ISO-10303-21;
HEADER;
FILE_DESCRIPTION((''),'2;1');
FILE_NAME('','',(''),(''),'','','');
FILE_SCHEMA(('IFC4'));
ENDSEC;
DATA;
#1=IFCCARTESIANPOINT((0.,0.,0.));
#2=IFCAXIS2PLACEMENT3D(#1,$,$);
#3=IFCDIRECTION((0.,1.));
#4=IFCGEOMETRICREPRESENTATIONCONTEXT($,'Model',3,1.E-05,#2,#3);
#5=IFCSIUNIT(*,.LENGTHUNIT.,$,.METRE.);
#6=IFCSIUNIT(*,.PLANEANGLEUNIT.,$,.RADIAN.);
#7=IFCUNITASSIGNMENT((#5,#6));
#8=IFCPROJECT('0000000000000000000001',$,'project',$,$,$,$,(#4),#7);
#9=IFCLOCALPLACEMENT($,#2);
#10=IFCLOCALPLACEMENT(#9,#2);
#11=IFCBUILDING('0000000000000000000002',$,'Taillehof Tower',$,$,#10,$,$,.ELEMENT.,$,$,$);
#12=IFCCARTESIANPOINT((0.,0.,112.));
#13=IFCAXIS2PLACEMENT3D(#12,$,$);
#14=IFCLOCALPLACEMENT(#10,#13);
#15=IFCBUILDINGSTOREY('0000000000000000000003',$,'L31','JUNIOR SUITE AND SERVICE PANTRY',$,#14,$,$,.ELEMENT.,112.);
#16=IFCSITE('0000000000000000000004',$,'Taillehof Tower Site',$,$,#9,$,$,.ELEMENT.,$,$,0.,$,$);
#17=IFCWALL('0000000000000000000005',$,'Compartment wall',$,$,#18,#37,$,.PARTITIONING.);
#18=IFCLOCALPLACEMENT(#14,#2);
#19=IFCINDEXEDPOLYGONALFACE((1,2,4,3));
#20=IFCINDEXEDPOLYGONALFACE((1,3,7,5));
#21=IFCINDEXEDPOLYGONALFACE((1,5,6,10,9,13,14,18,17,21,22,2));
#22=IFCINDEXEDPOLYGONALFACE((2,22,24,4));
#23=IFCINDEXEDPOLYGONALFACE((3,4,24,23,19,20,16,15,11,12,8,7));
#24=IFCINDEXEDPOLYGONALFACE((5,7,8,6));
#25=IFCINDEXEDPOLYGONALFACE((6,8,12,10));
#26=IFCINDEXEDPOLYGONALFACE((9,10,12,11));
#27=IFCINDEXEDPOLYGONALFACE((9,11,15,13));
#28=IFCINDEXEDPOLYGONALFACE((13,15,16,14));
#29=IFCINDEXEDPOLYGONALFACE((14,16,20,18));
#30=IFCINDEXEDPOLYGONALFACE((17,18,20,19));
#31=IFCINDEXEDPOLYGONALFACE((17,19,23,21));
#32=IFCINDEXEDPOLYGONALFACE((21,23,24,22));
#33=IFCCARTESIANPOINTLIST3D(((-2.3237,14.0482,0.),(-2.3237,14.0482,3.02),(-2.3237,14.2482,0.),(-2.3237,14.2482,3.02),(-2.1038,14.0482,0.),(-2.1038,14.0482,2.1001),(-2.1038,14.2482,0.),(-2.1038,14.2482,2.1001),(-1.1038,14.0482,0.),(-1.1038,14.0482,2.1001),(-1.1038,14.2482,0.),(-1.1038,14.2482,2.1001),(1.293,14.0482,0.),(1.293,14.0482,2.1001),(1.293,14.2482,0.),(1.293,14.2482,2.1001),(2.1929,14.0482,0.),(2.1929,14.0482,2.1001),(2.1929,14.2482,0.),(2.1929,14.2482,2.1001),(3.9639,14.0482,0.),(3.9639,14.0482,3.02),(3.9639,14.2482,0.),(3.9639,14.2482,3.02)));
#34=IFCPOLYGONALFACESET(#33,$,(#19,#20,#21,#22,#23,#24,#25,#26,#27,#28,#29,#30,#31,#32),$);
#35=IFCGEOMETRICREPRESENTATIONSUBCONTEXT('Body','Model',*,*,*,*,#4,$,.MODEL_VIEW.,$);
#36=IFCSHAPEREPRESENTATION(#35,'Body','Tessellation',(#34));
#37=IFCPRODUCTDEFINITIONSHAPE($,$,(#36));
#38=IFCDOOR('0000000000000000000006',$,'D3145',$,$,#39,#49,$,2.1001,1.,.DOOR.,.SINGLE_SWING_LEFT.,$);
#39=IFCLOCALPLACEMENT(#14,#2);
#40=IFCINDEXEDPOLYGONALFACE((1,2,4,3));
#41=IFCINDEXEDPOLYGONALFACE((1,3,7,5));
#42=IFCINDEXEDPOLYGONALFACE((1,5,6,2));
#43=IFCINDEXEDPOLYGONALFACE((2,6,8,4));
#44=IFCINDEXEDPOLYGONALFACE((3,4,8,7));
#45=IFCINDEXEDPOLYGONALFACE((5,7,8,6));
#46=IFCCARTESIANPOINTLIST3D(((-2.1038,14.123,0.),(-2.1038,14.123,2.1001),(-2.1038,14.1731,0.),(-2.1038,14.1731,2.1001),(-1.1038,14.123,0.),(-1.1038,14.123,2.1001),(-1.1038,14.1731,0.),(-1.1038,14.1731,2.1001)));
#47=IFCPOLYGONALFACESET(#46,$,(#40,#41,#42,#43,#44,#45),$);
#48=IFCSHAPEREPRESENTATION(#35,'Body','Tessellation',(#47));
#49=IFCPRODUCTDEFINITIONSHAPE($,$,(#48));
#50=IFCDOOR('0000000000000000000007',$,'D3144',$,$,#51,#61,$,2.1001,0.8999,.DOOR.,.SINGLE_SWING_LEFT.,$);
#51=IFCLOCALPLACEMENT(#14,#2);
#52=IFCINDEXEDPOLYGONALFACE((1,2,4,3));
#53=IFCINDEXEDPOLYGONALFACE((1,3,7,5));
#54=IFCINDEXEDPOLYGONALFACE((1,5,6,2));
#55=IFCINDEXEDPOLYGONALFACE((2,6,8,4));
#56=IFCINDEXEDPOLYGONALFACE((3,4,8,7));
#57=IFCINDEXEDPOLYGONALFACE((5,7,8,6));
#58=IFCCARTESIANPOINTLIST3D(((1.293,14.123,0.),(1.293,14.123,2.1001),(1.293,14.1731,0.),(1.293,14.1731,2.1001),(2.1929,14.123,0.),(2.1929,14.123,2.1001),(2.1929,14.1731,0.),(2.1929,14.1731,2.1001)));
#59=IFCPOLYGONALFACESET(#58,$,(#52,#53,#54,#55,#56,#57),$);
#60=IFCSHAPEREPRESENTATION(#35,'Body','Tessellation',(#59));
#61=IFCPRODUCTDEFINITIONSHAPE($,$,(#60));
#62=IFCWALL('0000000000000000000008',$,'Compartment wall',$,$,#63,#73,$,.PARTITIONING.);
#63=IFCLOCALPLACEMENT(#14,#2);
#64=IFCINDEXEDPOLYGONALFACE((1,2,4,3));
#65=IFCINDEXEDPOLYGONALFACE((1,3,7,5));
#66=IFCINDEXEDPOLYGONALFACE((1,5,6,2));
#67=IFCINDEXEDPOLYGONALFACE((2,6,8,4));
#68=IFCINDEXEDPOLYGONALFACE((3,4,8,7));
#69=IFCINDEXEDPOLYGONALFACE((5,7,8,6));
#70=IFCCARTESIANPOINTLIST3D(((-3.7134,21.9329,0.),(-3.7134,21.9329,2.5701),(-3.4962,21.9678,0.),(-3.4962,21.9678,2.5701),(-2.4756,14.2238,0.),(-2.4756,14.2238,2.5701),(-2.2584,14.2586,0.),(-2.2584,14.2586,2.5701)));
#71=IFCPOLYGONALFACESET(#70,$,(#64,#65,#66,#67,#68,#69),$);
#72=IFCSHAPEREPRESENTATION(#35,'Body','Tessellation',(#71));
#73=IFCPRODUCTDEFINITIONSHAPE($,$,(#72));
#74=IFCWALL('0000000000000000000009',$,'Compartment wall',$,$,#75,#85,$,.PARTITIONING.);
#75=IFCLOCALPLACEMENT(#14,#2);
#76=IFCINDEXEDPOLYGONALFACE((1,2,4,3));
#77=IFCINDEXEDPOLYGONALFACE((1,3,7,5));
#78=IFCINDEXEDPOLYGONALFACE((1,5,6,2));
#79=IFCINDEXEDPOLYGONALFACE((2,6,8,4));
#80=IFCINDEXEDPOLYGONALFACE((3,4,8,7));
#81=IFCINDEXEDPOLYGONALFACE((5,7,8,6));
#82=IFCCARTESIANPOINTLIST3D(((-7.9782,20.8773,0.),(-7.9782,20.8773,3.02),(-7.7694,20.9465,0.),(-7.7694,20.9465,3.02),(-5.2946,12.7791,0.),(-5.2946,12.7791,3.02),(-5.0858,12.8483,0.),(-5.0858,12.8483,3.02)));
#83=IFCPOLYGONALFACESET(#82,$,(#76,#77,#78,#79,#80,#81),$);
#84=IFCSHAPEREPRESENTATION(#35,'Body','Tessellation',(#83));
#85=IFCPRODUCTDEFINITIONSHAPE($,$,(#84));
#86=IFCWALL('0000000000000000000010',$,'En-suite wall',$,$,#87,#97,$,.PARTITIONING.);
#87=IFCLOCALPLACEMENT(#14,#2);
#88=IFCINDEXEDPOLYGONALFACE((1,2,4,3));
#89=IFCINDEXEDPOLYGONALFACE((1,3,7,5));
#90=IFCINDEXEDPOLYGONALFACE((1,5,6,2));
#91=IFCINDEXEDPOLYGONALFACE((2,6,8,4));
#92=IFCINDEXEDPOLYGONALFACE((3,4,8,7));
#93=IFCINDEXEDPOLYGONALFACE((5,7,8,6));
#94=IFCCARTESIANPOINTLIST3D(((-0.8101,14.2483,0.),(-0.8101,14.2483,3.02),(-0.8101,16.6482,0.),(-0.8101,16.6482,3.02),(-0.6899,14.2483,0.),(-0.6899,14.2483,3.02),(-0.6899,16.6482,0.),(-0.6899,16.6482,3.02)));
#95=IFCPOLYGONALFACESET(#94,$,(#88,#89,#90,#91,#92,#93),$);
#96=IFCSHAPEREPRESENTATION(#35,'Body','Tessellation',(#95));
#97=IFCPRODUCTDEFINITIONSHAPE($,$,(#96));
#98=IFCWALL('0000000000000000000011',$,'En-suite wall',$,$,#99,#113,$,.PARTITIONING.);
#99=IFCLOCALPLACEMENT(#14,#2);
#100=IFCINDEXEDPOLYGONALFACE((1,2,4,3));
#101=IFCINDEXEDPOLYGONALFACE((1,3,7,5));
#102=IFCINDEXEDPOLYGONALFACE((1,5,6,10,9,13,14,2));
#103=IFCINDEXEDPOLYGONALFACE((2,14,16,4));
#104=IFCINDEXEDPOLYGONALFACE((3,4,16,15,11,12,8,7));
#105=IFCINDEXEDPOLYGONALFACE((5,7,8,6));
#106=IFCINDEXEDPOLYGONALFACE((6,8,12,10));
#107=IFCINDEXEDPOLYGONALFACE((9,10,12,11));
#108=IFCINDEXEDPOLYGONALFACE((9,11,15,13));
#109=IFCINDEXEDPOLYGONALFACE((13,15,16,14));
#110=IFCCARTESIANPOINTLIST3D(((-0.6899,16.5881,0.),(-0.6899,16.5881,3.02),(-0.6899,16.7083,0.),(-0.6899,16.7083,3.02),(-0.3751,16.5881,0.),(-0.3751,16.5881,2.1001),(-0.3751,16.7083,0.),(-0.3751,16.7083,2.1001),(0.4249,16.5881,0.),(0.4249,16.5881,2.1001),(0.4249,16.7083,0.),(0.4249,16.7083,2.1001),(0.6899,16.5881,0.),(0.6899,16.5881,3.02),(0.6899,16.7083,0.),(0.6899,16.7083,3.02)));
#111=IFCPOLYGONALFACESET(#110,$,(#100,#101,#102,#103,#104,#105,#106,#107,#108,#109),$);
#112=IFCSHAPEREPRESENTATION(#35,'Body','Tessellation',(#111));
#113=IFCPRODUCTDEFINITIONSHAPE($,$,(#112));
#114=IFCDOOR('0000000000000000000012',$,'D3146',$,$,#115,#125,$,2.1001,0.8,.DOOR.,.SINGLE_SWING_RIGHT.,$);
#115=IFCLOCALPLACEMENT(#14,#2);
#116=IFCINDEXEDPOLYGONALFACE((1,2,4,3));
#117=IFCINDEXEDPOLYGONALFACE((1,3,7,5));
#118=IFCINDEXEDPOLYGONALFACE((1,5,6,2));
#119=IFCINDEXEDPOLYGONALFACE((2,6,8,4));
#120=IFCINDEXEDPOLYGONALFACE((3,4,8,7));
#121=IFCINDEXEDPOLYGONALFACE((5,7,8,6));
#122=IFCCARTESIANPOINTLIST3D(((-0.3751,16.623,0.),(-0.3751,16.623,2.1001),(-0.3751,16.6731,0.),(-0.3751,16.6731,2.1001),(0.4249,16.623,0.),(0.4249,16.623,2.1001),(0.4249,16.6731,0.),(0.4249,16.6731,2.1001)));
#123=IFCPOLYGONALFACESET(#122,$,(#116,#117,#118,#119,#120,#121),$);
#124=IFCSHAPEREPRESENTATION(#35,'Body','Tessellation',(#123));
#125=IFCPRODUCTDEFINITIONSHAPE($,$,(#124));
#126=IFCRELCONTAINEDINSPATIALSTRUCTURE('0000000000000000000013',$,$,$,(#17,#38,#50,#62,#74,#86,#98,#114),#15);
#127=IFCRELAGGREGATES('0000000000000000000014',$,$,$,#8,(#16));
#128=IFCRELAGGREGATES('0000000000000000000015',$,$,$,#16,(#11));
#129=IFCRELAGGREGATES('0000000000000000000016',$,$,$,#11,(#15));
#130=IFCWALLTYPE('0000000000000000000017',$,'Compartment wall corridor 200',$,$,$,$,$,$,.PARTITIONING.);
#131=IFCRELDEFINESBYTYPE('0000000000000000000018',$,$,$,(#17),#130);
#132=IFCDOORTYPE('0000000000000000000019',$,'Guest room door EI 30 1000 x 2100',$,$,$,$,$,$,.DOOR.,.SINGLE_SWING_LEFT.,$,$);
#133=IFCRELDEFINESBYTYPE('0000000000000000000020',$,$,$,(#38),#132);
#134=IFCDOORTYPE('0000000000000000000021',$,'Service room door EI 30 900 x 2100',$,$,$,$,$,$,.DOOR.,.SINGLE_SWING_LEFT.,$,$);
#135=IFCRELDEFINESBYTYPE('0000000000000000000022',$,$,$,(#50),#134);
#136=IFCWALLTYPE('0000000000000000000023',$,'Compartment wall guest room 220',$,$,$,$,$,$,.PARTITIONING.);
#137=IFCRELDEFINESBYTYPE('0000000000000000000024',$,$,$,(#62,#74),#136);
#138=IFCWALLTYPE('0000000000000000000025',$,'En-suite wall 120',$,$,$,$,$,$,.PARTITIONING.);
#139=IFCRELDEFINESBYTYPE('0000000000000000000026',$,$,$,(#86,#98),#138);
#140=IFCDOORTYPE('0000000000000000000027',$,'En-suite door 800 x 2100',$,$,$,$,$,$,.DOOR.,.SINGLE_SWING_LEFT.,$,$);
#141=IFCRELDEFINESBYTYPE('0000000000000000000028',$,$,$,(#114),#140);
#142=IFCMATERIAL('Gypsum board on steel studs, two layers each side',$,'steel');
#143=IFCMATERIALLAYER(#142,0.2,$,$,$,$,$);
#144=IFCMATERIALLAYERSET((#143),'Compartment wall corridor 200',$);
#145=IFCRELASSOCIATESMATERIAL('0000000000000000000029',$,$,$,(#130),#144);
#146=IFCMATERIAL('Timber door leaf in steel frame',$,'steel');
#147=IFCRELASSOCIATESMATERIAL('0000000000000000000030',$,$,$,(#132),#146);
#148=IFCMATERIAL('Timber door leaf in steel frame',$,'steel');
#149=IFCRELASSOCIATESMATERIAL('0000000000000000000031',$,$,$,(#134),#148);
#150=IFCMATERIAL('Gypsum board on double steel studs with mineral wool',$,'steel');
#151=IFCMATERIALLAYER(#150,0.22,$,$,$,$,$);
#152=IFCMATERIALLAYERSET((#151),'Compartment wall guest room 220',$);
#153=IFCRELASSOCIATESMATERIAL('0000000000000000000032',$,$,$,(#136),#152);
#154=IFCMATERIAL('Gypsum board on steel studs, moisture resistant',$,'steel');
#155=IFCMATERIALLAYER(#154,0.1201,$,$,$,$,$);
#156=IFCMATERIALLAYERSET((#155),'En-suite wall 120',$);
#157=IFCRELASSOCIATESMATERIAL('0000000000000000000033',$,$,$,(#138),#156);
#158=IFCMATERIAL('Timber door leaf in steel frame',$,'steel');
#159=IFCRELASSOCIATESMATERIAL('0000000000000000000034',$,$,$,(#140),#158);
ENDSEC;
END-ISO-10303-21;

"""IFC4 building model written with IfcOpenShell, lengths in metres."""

from ifc_helpers import new_model, si_unit, direction, frame, frame_2d, origin, place, context, subcontext, project, spatial, rectangle, extrude, material, layer, layer_set, type_object, element, fill, save


model = new_model("IFC4")

# Units and contexts
model_context = context("Model", 3, precision=1e-05, world=origin(), true_north=direction((0.0, 1.0)))
body_context = subcontext(model_context, "Body", "Model", "MODEL_VIEW")
ifc_project = project(units=[si_unit("LENGTHUNIT", "METRE"), si_unit("PLANEANGLEUNIT", "RADIAN")], contexts=[model_context])

# Site, building, storey
site_placement = place(None, origin())
site = spatial("IfcSite", under=ifc_project, at=site_placement, Name="Taillehof Tower Site", CompositionType="ELEMENT", RefElevation=0.0)
building_placement = place(site_placement, origin())
building = spatial("IfcBuilding", under=site, at=building_placement, Name="Taillehof Tower", CompositionType="ELEMENT")
storey_placement = place(building_placement, frame((0.0, 0.0, 112.0)))
storey = spatial("IfcBuildingStorey", under=building, at=storey_placement, Name="L31", Description="JUNIOR SUITE AND SERVICE PANTRY", CompositionType="ELEMENT", Elevation=112.0)

# Shared definitions
ifc_material_1 = material(Name="Gypsum board on steel studs, two layers each side", Category="steel")
ifc_layer_1 = layer(ifc_material_1, 0.2)
ifc_layer_set_1 = layer_set([ifc_layer_1], Name="Compartment wall corridor 200")
wall_type_1 = type_object("IfcWallType", Name="Compartment wall corridor 200", PredefinedType="PARTITIONING", material=ifc_layer_set_1)

# Wall, openings, doors
wall_1_placement = place(storey_placement, frame((-2.3237, 14.1482, 0.0), z_axis=(0.0, 0.0, 1.0), x_axis=(1.0, 0.0, 0.0)))
wall_1 = element("IfcWall", 1, at=wall_1_placement, inside=storey, type_object=wall_type_1, Name="Compartment wall", PredefinedType="PARTITIONING", context=body_context, shape_type="SweptSolid", body=[
    extrude(rectangle(XDim=6.2876, YDim=0.2, at=frame_2d((3.1438, 0.0))), origin(), (0.0, 0.0, 1.0), 3.02),
])
opening_1_placement = place(wall_1_placement, frame((3.6167, 0.0, 0.0)))
opening_1 = element("IfcOpeningElement", 2, at=opening_1_placement, cuts=wall_1, PredefinedType="OPENING", context=body_context, shape_type="SweptSolid", body=[
    extrude(rectangle(XDim=0.8999, YDim=2.1001, at=frame_2d((0.45, 1.05))), frame((0.0, 0.1099, 0.0), z_axis=(0.0, -1.0, 0.0), x_axis=(1.0, 0.0, 0.0)), (0.0, 0.0, 1.0), 0.22),
])
opening_2_placement = place(wall_1_placement, frame((0.22, 0.0, 0.0)))
opening_2 = element("IfcOpeningElement", 3, at=opening_2_placement, cuts=wall_1, PredefinedType="OPENING", context=body_context, shape_type="SweptSolid", body=[
    extrude(rectangle(XDim=1.0, YDim=2.1001, at=frame_2d((0.5, 1.05))), frame((0.0, 0.1099, 0.0), z_axis=(0.0, -1.0, 0.0), x_axis=(1.0, 0.0, 0.0)), (0.0, 0.0, 1.0), 0.22),
])
ifc_material_2 = material(Name="Timber door leaf in steel frame", Category="steel")
door_type_1 = type_object("IfcDoorType", Name="Guest room door EI 30 1000 x 2100", OperationType="SINGLE_SWING_LEFT", PredefinedType="DOOR", material=ifc_material_2)
door_1_placement = place(opening_2_placement, origin())
door_1 = element("IfcDoor", 4, at=door_1_placement, inside=storey, type_object=door_type_1, Name="D3145", OperationType="SINGLE_SWING_LEFT", OverallHeight=2.1001, OverallWidth=1.0, PredefinedType="DOOR", context=body_context, shape_type="SweptSolid", body=[
    extrude(rectangle(XDim=1.0, YDim=2.1001, at=frame_2d((0.5, 1.05))), frame((0.0, 0.0249, 0.0), z_axis=(0.0, -1.0, 0.0), x_axis=(1.0, 0.0, 0.0)), (0.0, 0.0, 1.0), 0.05),
])
fill(opening_2, door_1)
ifc_material_3 = material(Name="Timber door leaf in steel frame", Category="steel")
door_type_2 = type_object("IfcDoorType", Name="Service room door EI 30 900 x 2100", OperationType="SINGLE_SWING_LEFT", PredefinedType="DOOR", material=ifc_material_3)
door_2_placement = place(opening_1_placement, origin())
door_2 = element("IfcDoor", 5, at=door_2_placement, inside=storey, type_object=door_type_2, Name="D3144", OperationType="SINGLE_SWING_LEFT", OverallHeight=2.1001, OverallWidth=0.8999, PredefinedType="DOOR", context=body_context, shape_type="SweptSolid", body=[
    extrude(rectangle(XDim=0.8999, YDim=2.1001, at=frame_2d((0.45, 1.05))), frame((0.0, 0.0249, 0.0), z_axis=(0.0, -1.0, 0.0), x_axis=(1.0, 0.0, 0.0)), (0.0, 0.0, 1.0), 0.05),
])
fill(opening_1, door_2)

# Walls
ifc_material_4 = material(Name="Gypsum board on double steel studs with mineral wool", Category="steel")
ifc_layer_2 = layer(ifc_material_4, 0.22)
ifc_layer_set_2 = layer_set([ifc_layer_2], Name="Compartment wall guest room 220")
wall_type_2 = type_object("IfcWallType", Name="Compartment wall guest room 220", PredefinedType="PARTITIONING", material=ifc_layer_set_2)
wall_2_placement = place(storey_placement, frame((-3.6047, 21.9502, 0.0), z_axis=(0.0, 0.0, 1.0), x_axis=(0.158529, -0.987354, 0.0)))
element("IfcWall", 6, at=wall_2_placement, inside=storey, type_object=wall_type_2, Name="Compartment wall", PredefinedType="PARTITIONING", context=body_context, shape_type="SweptSolid", body=[
    extrude(rectangle(XDim=7.8079, YDim=0.22, at=frame_2d((3.9038, 0.0))), origin(), (0.0, 0.0, 1.0), 2.5701),
])
wall_3_placement = place(storey_placement, frame((-7.8738, 20.9119, 0.0), z_axis=(0.0, 0.0, 1.0), x_axis=(0.314562, -0.949237, 0.0)))
element("IfcWall", 7, at=wall_3_placement, inside=storey, type_object=wall_type_2, Name="Compartment wall", PredefinedType="PARTITIONING", context=body_context, shape_type="SweptSolid", body=[
    extrude(rectangle(XDim=8.5312, YDim=0.22, at=frame_2d((4.2656, 0.0))), origin(), (0.0, 0.0, 1.0), 3.02),
])
ifc_material_5 = material(Name="Gypsum board on steel studs, moisture resistant", Category="steel")
ifc_layer_3 = layer(ifc_material_5, 0.1201)
ifc_layer_set_3 = layer_set([ifc_layer_3], Name="En-suite wall 120")
wall_type_3 = type_object("IfcWallType", Name="En-suite wall 120", PredefinedType="PARTITIONING", material=ifc_layer_set_3)
wall_4_placement = place(storey_placement, frame((-0.75, 14.2483, 0.0), z_axis=(0.0, 0.0, 1.0), x_axis=(0.0, 1.0, 0.0)))
element("IfcWall", 8, at=wall_4_placement, inside=storey, type_object=wall_type_3, Name="En-suite wall", PredefinedType="PARTITIONING", context=body_context, shape_type="SweptSolid", body=[
    extrude(rectangle(XDim=2.3999, YDim=0.1201, at=frame_2d((1.2, 0.0))), origin(), (0.0, 0.0, 1.0), 3.02),
])

# Wall, opening, door
wall_5_placement = place(storey_placement, frame((-0.6899, 16.6482, 0.0), z_axis=(0.0, 0.0, 1.0), x_axis=(1.0, 0.0, 0.0)))
wall_5 = element("IfcWall", 9, at=wall_5_placement, inside=storey, type_object=wall_type_3, Name="En-suite wall", PredefinedType="PARTITIONING", context=body_context, shape_type="SweptSolid", body=[
    extrude(rectangle(XDim=1.3799, YDim=0.1201, at=frame_2d((0.6899, 0.0))), origin(), (0.0, 0.0, 1.0), 3.02),
])
opening_3_placement = place(wall_5_placement, frame((0.3149, 0.0, 0.0)))
opening_3 = element("IfcOpeningElement", 10, at=opening_3_placement, cuts=wall_5, PredefinedType="OPENING", context=body_context, shape_type="SweptSolid", body=[
    extrude(rectangle(XDim=0.8, YDim=2.1001, at=frame_2d((0.3999, 1.05))), frame((0.0, 0.0701, 0.0), z_axis=(0.0, -1.0, 0.0), x_axis=(1.0, 0.0, 0.0)), (0.0, 0.0, 1.0), 0.1401),
])
ifc_material_6 = material(Name="Timber door leaf in steel frame", Category="steel")
door_type_3 = type_object("IfcDoorType", Name="En-suite door 800 x 2100", OperationType="SINGLE_SWING_LEFT", PredefinedType="DOOR", material=ifc_material_6)
door_3_placement = place(opening_3_placement, origin())
door_3 = element("IfcDoor", 11, at=door_3_placement, inside=storey, type_object=door_type_3, Name="D3146", OperationType="SINGLE_SWING_RIGHT", OverallHeight=2.1001, OverallWidth=0.8, PredefinedType="DOOR", context=body_context, shape_type="SweptSolid", body=[
    extrude(rectangle(XDim=0.8, YDim=2.1001, at=frame_2d((0.3999, 1.05))), frame((0.0, 0.0249, 0.0), z_axis=(0.0, -1.0, 0.0), x_axis=(1.0, 0.0, 0.0)), (0.0, 0.0, 1.0), 0.05),
])
fill(opening_3, door_3)

save(model, "model.ifc")
